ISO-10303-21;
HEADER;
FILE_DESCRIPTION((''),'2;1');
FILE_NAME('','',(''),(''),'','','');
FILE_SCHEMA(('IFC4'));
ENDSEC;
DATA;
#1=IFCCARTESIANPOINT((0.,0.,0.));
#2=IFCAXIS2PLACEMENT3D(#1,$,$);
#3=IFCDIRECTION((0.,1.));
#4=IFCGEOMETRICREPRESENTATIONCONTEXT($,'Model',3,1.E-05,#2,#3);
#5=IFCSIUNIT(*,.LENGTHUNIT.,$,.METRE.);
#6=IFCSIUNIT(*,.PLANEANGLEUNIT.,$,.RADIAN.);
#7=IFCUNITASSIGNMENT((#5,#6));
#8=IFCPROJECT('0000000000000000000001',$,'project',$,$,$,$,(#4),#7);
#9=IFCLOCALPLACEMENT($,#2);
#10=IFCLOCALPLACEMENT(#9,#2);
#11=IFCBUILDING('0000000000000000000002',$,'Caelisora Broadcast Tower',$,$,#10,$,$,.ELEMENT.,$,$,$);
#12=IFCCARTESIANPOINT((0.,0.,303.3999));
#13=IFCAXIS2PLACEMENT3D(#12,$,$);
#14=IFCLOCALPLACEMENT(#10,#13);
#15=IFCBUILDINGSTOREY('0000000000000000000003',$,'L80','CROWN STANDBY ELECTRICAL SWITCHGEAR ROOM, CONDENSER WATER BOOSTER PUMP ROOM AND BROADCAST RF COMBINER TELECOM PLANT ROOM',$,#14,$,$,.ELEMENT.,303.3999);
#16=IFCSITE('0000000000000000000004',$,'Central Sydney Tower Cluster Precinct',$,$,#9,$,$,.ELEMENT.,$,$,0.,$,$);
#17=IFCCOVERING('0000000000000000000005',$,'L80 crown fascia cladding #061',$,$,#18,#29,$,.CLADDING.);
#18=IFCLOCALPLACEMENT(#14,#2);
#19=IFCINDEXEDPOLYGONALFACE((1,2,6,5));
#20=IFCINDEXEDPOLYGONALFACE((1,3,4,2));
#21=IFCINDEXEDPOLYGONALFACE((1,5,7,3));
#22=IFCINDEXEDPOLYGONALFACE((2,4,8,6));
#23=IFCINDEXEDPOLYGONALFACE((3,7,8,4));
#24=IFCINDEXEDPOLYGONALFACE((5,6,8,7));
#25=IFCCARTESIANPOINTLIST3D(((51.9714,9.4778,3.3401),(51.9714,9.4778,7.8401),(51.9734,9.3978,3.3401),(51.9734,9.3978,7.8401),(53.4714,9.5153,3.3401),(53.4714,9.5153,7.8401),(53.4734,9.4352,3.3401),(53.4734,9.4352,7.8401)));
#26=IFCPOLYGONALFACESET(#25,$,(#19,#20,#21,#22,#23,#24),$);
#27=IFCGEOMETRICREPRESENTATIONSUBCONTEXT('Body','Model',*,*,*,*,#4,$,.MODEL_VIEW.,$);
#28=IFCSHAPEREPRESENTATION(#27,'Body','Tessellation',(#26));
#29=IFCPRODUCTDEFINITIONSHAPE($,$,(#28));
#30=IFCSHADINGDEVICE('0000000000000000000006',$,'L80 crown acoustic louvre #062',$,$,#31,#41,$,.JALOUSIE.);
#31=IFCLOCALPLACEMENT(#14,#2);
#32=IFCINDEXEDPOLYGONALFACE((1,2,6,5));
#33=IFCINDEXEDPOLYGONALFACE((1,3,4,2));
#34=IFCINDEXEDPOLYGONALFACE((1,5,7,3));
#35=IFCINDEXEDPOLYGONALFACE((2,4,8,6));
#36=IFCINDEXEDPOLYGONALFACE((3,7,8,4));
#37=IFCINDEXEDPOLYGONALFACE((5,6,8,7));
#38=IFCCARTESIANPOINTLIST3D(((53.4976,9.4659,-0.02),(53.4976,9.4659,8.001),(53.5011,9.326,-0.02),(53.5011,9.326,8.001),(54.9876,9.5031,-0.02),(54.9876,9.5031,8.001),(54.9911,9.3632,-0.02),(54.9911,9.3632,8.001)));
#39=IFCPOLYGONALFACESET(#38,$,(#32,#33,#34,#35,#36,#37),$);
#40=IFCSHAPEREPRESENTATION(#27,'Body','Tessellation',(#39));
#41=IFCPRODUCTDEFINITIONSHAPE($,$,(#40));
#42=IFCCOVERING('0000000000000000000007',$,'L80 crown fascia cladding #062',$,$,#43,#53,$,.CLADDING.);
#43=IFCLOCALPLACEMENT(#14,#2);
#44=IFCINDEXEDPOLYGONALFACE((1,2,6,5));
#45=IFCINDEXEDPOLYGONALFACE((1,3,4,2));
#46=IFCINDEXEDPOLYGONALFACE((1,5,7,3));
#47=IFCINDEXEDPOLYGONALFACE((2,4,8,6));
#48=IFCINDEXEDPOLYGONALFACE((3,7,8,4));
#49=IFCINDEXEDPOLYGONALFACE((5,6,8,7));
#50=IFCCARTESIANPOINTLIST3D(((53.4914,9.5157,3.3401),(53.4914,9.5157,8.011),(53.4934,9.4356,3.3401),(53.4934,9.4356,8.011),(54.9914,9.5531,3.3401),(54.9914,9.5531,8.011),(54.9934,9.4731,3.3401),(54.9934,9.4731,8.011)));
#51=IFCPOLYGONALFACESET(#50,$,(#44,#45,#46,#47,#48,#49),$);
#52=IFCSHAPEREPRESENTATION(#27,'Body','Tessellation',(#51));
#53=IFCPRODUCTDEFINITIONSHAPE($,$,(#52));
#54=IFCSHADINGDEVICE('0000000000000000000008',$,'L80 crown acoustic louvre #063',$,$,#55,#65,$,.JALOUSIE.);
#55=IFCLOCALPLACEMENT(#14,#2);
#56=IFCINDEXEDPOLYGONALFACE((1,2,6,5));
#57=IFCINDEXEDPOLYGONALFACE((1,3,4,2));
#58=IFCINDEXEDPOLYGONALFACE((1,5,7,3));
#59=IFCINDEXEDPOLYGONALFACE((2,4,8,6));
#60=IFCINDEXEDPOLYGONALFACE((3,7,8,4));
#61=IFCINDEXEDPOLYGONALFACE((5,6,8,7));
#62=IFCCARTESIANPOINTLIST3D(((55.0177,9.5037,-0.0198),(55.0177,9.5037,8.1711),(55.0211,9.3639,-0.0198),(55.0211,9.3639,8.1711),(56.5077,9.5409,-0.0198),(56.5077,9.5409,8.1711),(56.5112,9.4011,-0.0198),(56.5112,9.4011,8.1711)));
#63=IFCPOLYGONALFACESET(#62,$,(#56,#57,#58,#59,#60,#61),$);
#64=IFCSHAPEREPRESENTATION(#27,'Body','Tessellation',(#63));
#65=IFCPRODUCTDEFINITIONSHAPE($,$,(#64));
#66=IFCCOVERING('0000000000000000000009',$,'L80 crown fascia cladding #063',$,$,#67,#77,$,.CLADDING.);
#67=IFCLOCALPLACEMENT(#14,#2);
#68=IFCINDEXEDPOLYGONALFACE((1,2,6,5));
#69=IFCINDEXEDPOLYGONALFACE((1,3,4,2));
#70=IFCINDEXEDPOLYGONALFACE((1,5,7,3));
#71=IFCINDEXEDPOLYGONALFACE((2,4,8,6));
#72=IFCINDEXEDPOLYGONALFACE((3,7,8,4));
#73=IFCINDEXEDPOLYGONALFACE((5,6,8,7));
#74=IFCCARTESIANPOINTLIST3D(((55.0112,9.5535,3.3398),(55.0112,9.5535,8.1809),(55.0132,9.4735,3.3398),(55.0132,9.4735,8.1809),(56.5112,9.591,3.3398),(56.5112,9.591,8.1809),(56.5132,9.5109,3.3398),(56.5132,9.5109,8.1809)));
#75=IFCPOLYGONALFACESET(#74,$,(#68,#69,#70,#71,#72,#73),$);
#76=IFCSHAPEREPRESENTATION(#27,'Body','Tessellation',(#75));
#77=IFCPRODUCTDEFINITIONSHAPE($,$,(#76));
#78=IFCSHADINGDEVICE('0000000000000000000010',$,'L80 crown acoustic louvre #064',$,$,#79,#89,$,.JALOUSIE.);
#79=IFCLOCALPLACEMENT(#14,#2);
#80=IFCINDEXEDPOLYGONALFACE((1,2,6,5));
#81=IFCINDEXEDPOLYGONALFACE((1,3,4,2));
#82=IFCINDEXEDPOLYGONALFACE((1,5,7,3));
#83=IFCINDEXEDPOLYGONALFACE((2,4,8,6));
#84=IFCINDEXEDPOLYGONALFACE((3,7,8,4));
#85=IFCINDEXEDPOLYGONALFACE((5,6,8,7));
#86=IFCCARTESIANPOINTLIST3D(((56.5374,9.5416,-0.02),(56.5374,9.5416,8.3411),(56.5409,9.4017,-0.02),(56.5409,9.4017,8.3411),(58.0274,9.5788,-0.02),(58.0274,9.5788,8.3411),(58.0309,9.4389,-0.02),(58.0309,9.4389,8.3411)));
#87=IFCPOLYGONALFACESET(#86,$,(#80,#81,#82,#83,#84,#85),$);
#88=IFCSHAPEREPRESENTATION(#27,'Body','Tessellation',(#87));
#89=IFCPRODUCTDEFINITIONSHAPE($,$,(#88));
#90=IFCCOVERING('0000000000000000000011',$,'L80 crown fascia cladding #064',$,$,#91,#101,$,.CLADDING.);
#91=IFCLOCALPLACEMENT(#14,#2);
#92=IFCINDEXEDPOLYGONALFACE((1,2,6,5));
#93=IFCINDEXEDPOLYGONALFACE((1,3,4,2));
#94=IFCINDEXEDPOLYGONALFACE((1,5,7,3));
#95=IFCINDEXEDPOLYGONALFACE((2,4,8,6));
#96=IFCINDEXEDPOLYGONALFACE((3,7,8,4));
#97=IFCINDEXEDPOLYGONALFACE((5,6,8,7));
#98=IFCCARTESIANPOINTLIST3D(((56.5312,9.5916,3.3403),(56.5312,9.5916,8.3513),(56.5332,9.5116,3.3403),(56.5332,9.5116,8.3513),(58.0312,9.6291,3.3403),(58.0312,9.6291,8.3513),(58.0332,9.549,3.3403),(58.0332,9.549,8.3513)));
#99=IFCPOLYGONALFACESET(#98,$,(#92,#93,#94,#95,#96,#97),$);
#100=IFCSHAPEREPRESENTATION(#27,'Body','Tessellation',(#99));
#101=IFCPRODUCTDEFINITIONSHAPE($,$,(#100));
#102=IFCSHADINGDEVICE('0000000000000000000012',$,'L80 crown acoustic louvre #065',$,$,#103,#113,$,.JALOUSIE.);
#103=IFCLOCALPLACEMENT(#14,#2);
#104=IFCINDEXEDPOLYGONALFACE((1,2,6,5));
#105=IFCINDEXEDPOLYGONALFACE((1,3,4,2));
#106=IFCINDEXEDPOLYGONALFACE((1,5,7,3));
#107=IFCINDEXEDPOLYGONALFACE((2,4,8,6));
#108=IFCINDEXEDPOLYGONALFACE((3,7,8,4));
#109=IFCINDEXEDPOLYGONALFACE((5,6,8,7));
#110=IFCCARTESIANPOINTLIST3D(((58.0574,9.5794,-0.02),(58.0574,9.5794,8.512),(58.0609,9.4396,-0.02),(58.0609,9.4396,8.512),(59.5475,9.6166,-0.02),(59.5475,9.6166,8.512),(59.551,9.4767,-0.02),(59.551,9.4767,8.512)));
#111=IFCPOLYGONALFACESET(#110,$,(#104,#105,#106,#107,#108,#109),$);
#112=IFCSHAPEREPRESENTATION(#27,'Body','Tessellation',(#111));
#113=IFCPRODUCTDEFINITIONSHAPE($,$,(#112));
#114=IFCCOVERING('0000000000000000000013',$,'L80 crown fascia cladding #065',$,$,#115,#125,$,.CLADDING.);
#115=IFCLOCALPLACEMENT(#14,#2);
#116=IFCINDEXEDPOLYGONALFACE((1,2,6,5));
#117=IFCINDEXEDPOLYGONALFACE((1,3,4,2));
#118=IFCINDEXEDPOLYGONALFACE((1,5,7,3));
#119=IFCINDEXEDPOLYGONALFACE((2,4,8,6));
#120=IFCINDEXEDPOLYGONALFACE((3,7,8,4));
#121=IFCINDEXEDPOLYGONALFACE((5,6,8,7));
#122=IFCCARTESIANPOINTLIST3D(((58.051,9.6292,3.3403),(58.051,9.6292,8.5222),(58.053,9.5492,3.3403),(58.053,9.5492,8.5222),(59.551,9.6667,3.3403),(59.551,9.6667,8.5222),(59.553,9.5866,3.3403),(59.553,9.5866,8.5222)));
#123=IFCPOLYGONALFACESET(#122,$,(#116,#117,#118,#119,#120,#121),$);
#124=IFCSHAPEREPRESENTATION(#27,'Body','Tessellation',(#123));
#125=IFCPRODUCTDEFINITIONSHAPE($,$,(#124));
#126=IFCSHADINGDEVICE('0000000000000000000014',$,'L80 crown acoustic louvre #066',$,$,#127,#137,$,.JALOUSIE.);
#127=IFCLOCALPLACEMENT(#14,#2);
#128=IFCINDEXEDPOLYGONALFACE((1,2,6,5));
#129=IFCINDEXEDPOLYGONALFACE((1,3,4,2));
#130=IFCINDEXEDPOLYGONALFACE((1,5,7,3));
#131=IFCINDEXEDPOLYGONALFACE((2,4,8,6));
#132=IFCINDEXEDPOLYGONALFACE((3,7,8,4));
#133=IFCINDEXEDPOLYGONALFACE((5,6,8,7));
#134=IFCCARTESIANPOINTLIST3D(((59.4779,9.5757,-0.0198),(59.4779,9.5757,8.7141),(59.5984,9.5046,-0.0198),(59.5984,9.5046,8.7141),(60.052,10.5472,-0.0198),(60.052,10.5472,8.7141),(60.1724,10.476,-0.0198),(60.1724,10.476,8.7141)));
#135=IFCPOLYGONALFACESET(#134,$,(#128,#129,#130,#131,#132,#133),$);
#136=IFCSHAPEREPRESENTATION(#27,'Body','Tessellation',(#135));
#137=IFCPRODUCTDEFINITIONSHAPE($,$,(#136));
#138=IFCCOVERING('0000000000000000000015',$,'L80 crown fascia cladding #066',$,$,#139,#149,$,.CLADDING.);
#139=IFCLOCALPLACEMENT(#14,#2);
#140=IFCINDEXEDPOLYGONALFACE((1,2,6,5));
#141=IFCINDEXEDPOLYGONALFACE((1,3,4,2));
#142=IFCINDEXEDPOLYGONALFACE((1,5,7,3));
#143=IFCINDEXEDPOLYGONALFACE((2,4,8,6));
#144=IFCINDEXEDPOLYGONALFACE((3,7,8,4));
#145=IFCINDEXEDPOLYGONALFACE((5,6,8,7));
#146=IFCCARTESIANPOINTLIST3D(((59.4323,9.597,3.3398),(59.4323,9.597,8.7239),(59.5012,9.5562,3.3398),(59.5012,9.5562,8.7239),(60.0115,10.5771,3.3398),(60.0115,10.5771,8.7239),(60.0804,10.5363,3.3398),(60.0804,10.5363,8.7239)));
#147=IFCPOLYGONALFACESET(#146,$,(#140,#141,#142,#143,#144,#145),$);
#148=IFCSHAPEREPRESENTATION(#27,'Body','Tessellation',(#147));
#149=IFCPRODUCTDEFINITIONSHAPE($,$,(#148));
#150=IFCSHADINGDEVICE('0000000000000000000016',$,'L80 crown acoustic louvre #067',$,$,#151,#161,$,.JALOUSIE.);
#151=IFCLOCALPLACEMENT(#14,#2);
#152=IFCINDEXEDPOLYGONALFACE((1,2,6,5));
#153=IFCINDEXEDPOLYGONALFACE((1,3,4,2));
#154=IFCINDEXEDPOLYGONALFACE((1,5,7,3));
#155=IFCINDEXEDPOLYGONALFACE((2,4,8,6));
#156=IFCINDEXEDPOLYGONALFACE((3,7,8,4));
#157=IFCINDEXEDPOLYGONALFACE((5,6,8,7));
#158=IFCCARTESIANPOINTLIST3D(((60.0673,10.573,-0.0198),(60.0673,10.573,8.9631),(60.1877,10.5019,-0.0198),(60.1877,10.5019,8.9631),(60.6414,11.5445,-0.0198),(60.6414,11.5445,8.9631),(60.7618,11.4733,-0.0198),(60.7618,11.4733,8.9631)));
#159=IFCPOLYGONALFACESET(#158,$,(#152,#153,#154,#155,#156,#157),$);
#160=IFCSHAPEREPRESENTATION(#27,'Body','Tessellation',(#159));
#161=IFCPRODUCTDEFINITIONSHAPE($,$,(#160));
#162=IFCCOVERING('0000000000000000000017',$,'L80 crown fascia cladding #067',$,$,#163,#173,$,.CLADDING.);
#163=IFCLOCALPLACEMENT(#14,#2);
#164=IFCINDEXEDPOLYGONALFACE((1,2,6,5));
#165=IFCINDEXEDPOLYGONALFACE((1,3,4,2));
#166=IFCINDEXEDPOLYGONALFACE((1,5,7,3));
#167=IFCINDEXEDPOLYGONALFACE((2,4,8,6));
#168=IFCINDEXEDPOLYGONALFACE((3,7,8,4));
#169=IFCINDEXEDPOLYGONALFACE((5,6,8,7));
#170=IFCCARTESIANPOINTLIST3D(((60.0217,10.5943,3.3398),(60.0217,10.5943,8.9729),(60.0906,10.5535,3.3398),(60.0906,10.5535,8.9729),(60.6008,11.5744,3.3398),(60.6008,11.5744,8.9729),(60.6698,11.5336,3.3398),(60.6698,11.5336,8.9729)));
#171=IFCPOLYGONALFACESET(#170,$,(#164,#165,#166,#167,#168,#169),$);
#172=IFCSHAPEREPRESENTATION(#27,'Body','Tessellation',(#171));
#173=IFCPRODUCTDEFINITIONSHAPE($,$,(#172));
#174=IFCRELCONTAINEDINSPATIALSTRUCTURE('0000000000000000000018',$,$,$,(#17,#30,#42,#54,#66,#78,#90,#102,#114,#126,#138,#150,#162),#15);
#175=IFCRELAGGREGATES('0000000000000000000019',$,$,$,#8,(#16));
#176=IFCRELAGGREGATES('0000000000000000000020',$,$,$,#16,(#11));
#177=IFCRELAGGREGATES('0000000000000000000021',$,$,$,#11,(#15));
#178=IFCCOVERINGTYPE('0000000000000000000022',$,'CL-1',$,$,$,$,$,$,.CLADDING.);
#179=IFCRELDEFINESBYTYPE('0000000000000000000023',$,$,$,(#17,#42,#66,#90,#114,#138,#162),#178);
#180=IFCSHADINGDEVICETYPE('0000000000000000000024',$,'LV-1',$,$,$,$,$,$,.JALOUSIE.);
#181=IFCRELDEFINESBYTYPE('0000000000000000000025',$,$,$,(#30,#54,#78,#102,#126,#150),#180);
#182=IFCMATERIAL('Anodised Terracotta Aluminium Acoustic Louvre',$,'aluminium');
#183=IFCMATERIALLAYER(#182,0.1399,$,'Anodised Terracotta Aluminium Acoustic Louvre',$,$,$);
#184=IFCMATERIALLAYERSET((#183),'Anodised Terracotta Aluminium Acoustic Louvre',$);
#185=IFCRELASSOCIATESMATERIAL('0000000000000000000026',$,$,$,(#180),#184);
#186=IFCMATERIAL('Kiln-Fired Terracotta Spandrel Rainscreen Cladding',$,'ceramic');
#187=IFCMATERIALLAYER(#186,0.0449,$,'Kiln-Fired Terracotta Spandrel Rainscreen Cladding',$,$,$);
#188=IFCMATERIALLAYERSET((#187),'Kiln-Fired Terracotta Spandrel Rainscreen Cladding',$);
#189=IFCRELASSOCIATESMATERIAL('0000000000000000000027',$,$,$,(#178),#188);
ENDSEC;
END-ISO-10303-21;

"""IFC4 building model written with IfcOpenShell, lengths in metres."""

from ifc_helpers import new_model, si_unit, direction, frame, origin, origin_2d, place, context, subcontext, project, spatial, rectangle, extrude, source, transform, mapped, material, layer, layer_set, type_object, element, save


model = new_model("IFC4")

# Units and contexts
model_context = context("Model", 3, precision=1e-05, world=origin(), true_north=direction((0.0, 1.0)))
body_context = subcontext(model_context, "Body", "Model", "MODEL_VIEW")
ifc_project = project(units=[si_unit("LENGTHUNIT", "METRE"), si_unit("PLANEANGLEUNIT", "RADIAN")], contexts=[model_context])

# Site, building, storey
site_placement = place(None, origin())
site = spatial("IfcSite", under=ifc_project, at=site_placement, Name="Central Sydney Tower Cluster Precinct", CompositionType="ELEMENT", RefElevation=0.0)
building_placement = place(site_placement, origin())
building = spatial("IfcBuilding", under=site, at=building_placement, Name="Caelisora Broadcast Tower", CompositionType="ELEMENT")
storey_placement = place(building_placement, frame((0.0, 0.0, 303.3999)))
storey = spatial("IfcBuildingStorey", under=building, at=storey_placement, Name="L80", Description="CROWN STANDBY ELECTRICAL SWITCHGEAR ROOM, CONDENSER WATER BOOSTER PUMP ROOM AND BROADCAST RF COMBINER TELECOM PLANT ROOM", CompositionType="ELEMENT", Elevation=303.3999)

# Shared definitions
ifc_material_1 = material(Name="Anodised Terracotta Aluminium Acoustic Louvre", Category="aluminium")
ifc_layer_1 = layer(ifc_material_1, 0.1399, Name="Anodised Terracotta Aluminium Acoustic Louvre")
ifc_layer_set_1 = layer_set([ifc_layer_1], Name="Anodised Terracotta Aluminium Acoustic Louvre")
shading_device_type = type_object("IfcShadingDeviceType", Name="LV-1", PredefinedType="JALOUSIE", material=ifc_layer_set_1)

# Covering
ifc_material_2 = material(Name="Kiln-Fired Terracotta Spandrel Rainscreen Cladding", Category="ceramic")
ifc_layer_2 = layer(ifc_material_2, 0.0449, Name="Kiln-Fired Terracotta Spandrel Rainscreen Cladding")
ifc_layer_set_2 = layer_set([ifc_layer_2], Name="Kiln-Fired Terracotta Spandrel Rainscreen Cladding")
covering_type = type_object("IfcCoveringType", Name="CL-1", PredefinedType="CLADDING", material=ifc_layer_set_2)
shared_shape_1 = source(origin(), body_context, "Body", "SweptSolid", [
    extrude(rectangle(XDim=1.5005, YDim=0.0801, at=origin_2d()), origin(), (0.0, 0.0, 1.0), 4.5),
])
covering_1_placement = place(storey_placement, frame((52.7224, 9.4565, 3.3401), z_axis=(0.0, 0.0, 1.0), x_axis=(0.999689, 0.024956, 0.0)))
element("IfcCovering", 1, at=covering_1_placement, inside=storey, type_object=covering_type, Name="L80 crown fascia cladding #061", PredefinedType="CLADDING", context=body_context, shape_type="MappedRepresentation", body=[
    mapped(shared_shape_1, transform((0.0, 0.0, 0.0), scale=1.0)),
])

# Shading device
shared_shape_2 = source(origin(), body_context, "Body", "SweptSolid", [
    extrude(rectangle(XDim=1.4905, YDim=0.1399, at=origin_2d()), origin(), (0.0, 0.0, 1.0), 8.021),
])
shading_device_1_placement = place(storey_placement, frame((54.2444, 9.4146, -0.02), z_axis=(0.0, 0.0, 1.0), x_axis=(0.999689, 0.024956, 0.0)))
element("IfcShadingDevice", 2, at=shading_device_1_placement, inside=storey, type_object=shading_device_type, Name="L80 crown acoustic louvre #062", PredefinedType="JALOUSIE", context=body_context, shape_type="MappedRepresentation", body=[
    mapped(shared_shape_2, transform((0.0, 0.0, 0.0), scale=1.0)),
])

# Covering
shared_shape_3 = source(origin(), body_context, "Body", "SweptSolid", [
    extrude(rectangle(XDim=1.5005, YDim=0.0801, at=origin_2d()), origin(), (0.0, 0.0, 1.0), 4.6709),
])
covering_2_placement = place(storey_placement, frame((54.2424, 9.4944, 3.3401), z_axis=(0.0, 0.0, 1.0), x_axis=(0.999689, 0.024956, 0.0)))
element("IfcCovering", 3, at=covering_2_placement, inside=storey, type_object=covering_type, Name="L80 crown fascia cladding #062", PredefinedType="CLADDING", context=body_context, shape_type="MappedRepresentation", body=[
    mapped(shared_shape_3, transform((0.0, 0.0, 0.0), scale=1.0)),
])

# Shading device
shared_shape_4 = source(origin(), body_context, "Body", "SweptSolid", [
    extrude(rectangle(XDim=1.4905, YDim=0.1399, at=origin_2d()), origin(), (0.0, 0.0, 1.0), 8.1909),
])
shading_device_2_placement = place(storey_placement, frame((55.7644, 9.4524, -0.0198), z_axis=(0.0, 0.0, 1.0), x_axis=(0.999689, 0.024956, 0.0)))
element("IfcShadingDevice", 4, at=shading_device_2_placement, inside=storey, type_object=shading_device_type, Name="L80 crown acoustic louvre #063", PredefinedType="JALOUSIE", context=body_context, shape_type="MappedRepresentation", body=[
    mapped(shared_shape_4, transform((0.0, 0.0, 0.0), scale=1.0)),
])

# Covering
shared_shape_5 = source(origin(), body_context, "Body", "SweptSolid", [
    extrude(rectangle(XDim=1.5005, YDim=0.0801, at=origin_2d()), origin(), (0.0, 0.0, 1.0), 4.8411),
])
covering_3_placement = place(storey_placement, frame((55.7622, 9.5322, 3.3398), z_axis=(0.0, 0.0, 1.0), x_axis=(0.999689, 0.024956, 0.0)))
element("IfcCovering", 5, at=covering_3_placement, inside=storey, type_object=covering_type, Name="L80 crown fascia cladding #063", PredefinedType="CLADDING", context=body_context, shape_type="MappedRepresentation", body=[
    mapped(shared_shape_5, transform((0.0, 0.0, 0.0), scale=1.0)),
])

# Shading device
shared_shape_6 = source(origin(), body_context, "Body", "SweptSolid", [
    extrude(rectangle(XDim=1.4905, YDim=0.1399, at=origin_2d()), origin(), (0.0, 0.0, 1.0), 8.3611),
])
shading_device_3_placement = place(storey_placement, frame((57.2842, 9.4902, -0.02), z_axis=(0.0, 0.0, 1.0), x_axis=(0.999689, 0.024956, 0.0)))
element("IfcShadingDevice", 6, at=shading_device_3_placement, inside=storey, type_object=shading_device_type, Name="L80 crown acoustic louvre #064", PredefinedType="JALOUSIE", context=body_context, shape_type="MappedRepresentation", body=[
    mapped(shared_shape_6, transform((0.0, 0.0, 0.0), scale=1.0)),
])

# Covering
shared_shape_7 = source(origin(), body_context, "Body", "SweptSolid", [
    extrude(rectangle(XDim=1.5005, YDim=0.0801, at=origin_2d()), origin(), (0.0, 0.0, 1.0), 5.011),
])
covering_4_placement = place(storey_placement, frame((57.2822, 9.5703, 3.3403), z_axis=(0.0, 0.0, 1.0), x_axis=(0.999689, 0.024956, 0.0)))
element("IfcCovering", 7, at=covering_4_placement, inside=storey, type_object=covering_type, Name="L80 crown fascia cladding #064", PredefinedType="CLADDING", context=body_context, shape_type="MappedRepresentation", body=[
    mapped(shared_shape_7, transform((0.0, 0.0, 0.0), scale=1.0)),
])

# Shading device
shared_shape_8 = source(origin(), body_context, "Body", "SweptSolid", [
    extrude(rectangle(XDim=1.4905, YDim=0.1399, at=origin_2d()), origin(), (0.0, 0.0, 1.0), 8.532),
])
shading_device_4_placement = place(storey_placement, frame((58.8042, 9.5281, -0.02), z_axis=(0.0, 0.0, 1.0), x_axis=(0.999689, 0.024956, 0.0)))
element("IfcShadingDevice", 8, at=shading_device_4_placement, inside=storey, type_object=shading_device_type, Name="L80 crown acoustic louvre #065", PredefinedType="JALOUSIE", context=body_context, shape_type="MappedRepresentation", body=[
    mapped(shared_shape_8, transform((0.0, 0.0, 0.0), scale=1.0)),
])

# Covering
shared_shape_9 = source(origin(), body_context, "Body", "SweptSolid", [
    extrude(rectangle(XDim=1.5005, YDim=0.0801, at=origin_2d()), origin(), (0.0, 0.0, 1.0), 5.1819),
])
covering_5_placement = place(storey_placement, frame((58.802, 9.6079, 3.3403), z_axis=(0.0, 0.0, 1.0), x_axis=(0.999689, 0.024956, 0.0)))
element("IfcCovering", 9, at=covering_5_placement, inside=storey, type_object=covering_type, Name="L80 crown fascia cladding #065", PredefinedType="CLADDING", context=body_context, shape_type="MappedRepresentation", body=[
    mapped(shared_shape_9, transform((0.0, 0.0, 0.0), scale=1.0)),
])

# Shading device
shared_shape_10 = source(origin(), body_context, "Body", "SweptSolid", [
    extrude(rectangle(XDim=1.1284, YDim=0.1399, at=origin_2d()), origin(), (0.0, 0.0, 1.0), 8.7339),
])
shading_device_5_placement = place(storey_placement, frame((59.8252, 10.0259, -0.0198), z_axis=(0.0, 0.0, 1.0), x_axis=(0.508741, 0.86092, 0.0)))
element("IfcShadingDevice", 10, at=shading_device_5_placement, inside=storey, type_object=shading_device_type, Name="L80 crown acoustic louvre #066", PredefinedType="JALOUSIE", context=body_context, shape_type="MappedRepresentation", body=[
    mapped(shared_shape_10, transform((0.0, 0.0, 0.0), scale=1.0)),
])

# Covering
shared_shape_11 = source(origin(), body_context, "Body", "SweptSolid", [
    extrude(rectangle(XDim=1.1384, YDim=0.0801, at=origin_2d()), origin(), (0.0, 0.0, 1.0), 5.384),
])
covering_6_placement = place(storey_placement, frame((59.7563, 10.0667, 3.3398), z_axis=(0.0, 0.0, 1.0), x_axis=(0.508741, 0.86092, 0.0)))
element("IfcCovering", 11, at=covering_6_placement, inside=storey, type_object=covering_type, Name="L80 crown fascia cladding #066", PredefinedType="CLADDING", context=body_context, shape_type="MappedRepresentation", body=[
    mapped(shared_shape_11, transform((0.0, 0.0, 0.0), scale=1.0)),
])

# Shading device
shared_shape_12 = source(origin(), body_context, "Body", "SweptSolid", [
    extrude(rectangle(XDim=1.1284, YDim=0.1399, at=origin_2d()), origin(), (0.0, 0.0, 1.0), 8.9829),
])
shading_device_6_placement = place(storey_placement, frame((60.4146, 11.0232, -0.0198), z_axis=(0.0, 0.0, 1.0), x_axis=(0.508741, 0.86092, 0.0)))
element("IfcShadingDevice", 12, at=shading_device_6_placement, inside=storey, type_object=shading_device_type, Name="L80 crown acoustic louvre #067", PredefinedType="JALOUSIE", context=body_context, shape_type="MappedRepresentation", body=[
    mapped(shared_shape_12, transform((0.0, 0.0, 0.0), scale=1.0)),
])

# Covering
shared_shape_13 = source(origin(), body_context, "Body", "SweptSolid", [
    extrude(rectangle(XDim=1.1384, YDim=0.0801, at=origin_2d()), origin(), (0.0, 0.0, 1.0), 5.6331),
])
covering_7_placement = place(storey_placement, frame((60.3457, 11.064, 3.3398), z_axis=(0.0, 0.0, 1.0), x_axis=(0.508741, 0.86092, 0.0)))
element("IfcCovering", 13, at=covering_7_placement, inside=storey, type_object=covering_type, Name="L80 crown fascia cladding #067", PredefinedType="CLADDING", context=body_context, shape_type="MappedRepresentation", body=[
    mapped(shared_shape_13, transform((0.0, 0.0, 0.0), scale=1.0)),
])

save(model, "model.ifc")
